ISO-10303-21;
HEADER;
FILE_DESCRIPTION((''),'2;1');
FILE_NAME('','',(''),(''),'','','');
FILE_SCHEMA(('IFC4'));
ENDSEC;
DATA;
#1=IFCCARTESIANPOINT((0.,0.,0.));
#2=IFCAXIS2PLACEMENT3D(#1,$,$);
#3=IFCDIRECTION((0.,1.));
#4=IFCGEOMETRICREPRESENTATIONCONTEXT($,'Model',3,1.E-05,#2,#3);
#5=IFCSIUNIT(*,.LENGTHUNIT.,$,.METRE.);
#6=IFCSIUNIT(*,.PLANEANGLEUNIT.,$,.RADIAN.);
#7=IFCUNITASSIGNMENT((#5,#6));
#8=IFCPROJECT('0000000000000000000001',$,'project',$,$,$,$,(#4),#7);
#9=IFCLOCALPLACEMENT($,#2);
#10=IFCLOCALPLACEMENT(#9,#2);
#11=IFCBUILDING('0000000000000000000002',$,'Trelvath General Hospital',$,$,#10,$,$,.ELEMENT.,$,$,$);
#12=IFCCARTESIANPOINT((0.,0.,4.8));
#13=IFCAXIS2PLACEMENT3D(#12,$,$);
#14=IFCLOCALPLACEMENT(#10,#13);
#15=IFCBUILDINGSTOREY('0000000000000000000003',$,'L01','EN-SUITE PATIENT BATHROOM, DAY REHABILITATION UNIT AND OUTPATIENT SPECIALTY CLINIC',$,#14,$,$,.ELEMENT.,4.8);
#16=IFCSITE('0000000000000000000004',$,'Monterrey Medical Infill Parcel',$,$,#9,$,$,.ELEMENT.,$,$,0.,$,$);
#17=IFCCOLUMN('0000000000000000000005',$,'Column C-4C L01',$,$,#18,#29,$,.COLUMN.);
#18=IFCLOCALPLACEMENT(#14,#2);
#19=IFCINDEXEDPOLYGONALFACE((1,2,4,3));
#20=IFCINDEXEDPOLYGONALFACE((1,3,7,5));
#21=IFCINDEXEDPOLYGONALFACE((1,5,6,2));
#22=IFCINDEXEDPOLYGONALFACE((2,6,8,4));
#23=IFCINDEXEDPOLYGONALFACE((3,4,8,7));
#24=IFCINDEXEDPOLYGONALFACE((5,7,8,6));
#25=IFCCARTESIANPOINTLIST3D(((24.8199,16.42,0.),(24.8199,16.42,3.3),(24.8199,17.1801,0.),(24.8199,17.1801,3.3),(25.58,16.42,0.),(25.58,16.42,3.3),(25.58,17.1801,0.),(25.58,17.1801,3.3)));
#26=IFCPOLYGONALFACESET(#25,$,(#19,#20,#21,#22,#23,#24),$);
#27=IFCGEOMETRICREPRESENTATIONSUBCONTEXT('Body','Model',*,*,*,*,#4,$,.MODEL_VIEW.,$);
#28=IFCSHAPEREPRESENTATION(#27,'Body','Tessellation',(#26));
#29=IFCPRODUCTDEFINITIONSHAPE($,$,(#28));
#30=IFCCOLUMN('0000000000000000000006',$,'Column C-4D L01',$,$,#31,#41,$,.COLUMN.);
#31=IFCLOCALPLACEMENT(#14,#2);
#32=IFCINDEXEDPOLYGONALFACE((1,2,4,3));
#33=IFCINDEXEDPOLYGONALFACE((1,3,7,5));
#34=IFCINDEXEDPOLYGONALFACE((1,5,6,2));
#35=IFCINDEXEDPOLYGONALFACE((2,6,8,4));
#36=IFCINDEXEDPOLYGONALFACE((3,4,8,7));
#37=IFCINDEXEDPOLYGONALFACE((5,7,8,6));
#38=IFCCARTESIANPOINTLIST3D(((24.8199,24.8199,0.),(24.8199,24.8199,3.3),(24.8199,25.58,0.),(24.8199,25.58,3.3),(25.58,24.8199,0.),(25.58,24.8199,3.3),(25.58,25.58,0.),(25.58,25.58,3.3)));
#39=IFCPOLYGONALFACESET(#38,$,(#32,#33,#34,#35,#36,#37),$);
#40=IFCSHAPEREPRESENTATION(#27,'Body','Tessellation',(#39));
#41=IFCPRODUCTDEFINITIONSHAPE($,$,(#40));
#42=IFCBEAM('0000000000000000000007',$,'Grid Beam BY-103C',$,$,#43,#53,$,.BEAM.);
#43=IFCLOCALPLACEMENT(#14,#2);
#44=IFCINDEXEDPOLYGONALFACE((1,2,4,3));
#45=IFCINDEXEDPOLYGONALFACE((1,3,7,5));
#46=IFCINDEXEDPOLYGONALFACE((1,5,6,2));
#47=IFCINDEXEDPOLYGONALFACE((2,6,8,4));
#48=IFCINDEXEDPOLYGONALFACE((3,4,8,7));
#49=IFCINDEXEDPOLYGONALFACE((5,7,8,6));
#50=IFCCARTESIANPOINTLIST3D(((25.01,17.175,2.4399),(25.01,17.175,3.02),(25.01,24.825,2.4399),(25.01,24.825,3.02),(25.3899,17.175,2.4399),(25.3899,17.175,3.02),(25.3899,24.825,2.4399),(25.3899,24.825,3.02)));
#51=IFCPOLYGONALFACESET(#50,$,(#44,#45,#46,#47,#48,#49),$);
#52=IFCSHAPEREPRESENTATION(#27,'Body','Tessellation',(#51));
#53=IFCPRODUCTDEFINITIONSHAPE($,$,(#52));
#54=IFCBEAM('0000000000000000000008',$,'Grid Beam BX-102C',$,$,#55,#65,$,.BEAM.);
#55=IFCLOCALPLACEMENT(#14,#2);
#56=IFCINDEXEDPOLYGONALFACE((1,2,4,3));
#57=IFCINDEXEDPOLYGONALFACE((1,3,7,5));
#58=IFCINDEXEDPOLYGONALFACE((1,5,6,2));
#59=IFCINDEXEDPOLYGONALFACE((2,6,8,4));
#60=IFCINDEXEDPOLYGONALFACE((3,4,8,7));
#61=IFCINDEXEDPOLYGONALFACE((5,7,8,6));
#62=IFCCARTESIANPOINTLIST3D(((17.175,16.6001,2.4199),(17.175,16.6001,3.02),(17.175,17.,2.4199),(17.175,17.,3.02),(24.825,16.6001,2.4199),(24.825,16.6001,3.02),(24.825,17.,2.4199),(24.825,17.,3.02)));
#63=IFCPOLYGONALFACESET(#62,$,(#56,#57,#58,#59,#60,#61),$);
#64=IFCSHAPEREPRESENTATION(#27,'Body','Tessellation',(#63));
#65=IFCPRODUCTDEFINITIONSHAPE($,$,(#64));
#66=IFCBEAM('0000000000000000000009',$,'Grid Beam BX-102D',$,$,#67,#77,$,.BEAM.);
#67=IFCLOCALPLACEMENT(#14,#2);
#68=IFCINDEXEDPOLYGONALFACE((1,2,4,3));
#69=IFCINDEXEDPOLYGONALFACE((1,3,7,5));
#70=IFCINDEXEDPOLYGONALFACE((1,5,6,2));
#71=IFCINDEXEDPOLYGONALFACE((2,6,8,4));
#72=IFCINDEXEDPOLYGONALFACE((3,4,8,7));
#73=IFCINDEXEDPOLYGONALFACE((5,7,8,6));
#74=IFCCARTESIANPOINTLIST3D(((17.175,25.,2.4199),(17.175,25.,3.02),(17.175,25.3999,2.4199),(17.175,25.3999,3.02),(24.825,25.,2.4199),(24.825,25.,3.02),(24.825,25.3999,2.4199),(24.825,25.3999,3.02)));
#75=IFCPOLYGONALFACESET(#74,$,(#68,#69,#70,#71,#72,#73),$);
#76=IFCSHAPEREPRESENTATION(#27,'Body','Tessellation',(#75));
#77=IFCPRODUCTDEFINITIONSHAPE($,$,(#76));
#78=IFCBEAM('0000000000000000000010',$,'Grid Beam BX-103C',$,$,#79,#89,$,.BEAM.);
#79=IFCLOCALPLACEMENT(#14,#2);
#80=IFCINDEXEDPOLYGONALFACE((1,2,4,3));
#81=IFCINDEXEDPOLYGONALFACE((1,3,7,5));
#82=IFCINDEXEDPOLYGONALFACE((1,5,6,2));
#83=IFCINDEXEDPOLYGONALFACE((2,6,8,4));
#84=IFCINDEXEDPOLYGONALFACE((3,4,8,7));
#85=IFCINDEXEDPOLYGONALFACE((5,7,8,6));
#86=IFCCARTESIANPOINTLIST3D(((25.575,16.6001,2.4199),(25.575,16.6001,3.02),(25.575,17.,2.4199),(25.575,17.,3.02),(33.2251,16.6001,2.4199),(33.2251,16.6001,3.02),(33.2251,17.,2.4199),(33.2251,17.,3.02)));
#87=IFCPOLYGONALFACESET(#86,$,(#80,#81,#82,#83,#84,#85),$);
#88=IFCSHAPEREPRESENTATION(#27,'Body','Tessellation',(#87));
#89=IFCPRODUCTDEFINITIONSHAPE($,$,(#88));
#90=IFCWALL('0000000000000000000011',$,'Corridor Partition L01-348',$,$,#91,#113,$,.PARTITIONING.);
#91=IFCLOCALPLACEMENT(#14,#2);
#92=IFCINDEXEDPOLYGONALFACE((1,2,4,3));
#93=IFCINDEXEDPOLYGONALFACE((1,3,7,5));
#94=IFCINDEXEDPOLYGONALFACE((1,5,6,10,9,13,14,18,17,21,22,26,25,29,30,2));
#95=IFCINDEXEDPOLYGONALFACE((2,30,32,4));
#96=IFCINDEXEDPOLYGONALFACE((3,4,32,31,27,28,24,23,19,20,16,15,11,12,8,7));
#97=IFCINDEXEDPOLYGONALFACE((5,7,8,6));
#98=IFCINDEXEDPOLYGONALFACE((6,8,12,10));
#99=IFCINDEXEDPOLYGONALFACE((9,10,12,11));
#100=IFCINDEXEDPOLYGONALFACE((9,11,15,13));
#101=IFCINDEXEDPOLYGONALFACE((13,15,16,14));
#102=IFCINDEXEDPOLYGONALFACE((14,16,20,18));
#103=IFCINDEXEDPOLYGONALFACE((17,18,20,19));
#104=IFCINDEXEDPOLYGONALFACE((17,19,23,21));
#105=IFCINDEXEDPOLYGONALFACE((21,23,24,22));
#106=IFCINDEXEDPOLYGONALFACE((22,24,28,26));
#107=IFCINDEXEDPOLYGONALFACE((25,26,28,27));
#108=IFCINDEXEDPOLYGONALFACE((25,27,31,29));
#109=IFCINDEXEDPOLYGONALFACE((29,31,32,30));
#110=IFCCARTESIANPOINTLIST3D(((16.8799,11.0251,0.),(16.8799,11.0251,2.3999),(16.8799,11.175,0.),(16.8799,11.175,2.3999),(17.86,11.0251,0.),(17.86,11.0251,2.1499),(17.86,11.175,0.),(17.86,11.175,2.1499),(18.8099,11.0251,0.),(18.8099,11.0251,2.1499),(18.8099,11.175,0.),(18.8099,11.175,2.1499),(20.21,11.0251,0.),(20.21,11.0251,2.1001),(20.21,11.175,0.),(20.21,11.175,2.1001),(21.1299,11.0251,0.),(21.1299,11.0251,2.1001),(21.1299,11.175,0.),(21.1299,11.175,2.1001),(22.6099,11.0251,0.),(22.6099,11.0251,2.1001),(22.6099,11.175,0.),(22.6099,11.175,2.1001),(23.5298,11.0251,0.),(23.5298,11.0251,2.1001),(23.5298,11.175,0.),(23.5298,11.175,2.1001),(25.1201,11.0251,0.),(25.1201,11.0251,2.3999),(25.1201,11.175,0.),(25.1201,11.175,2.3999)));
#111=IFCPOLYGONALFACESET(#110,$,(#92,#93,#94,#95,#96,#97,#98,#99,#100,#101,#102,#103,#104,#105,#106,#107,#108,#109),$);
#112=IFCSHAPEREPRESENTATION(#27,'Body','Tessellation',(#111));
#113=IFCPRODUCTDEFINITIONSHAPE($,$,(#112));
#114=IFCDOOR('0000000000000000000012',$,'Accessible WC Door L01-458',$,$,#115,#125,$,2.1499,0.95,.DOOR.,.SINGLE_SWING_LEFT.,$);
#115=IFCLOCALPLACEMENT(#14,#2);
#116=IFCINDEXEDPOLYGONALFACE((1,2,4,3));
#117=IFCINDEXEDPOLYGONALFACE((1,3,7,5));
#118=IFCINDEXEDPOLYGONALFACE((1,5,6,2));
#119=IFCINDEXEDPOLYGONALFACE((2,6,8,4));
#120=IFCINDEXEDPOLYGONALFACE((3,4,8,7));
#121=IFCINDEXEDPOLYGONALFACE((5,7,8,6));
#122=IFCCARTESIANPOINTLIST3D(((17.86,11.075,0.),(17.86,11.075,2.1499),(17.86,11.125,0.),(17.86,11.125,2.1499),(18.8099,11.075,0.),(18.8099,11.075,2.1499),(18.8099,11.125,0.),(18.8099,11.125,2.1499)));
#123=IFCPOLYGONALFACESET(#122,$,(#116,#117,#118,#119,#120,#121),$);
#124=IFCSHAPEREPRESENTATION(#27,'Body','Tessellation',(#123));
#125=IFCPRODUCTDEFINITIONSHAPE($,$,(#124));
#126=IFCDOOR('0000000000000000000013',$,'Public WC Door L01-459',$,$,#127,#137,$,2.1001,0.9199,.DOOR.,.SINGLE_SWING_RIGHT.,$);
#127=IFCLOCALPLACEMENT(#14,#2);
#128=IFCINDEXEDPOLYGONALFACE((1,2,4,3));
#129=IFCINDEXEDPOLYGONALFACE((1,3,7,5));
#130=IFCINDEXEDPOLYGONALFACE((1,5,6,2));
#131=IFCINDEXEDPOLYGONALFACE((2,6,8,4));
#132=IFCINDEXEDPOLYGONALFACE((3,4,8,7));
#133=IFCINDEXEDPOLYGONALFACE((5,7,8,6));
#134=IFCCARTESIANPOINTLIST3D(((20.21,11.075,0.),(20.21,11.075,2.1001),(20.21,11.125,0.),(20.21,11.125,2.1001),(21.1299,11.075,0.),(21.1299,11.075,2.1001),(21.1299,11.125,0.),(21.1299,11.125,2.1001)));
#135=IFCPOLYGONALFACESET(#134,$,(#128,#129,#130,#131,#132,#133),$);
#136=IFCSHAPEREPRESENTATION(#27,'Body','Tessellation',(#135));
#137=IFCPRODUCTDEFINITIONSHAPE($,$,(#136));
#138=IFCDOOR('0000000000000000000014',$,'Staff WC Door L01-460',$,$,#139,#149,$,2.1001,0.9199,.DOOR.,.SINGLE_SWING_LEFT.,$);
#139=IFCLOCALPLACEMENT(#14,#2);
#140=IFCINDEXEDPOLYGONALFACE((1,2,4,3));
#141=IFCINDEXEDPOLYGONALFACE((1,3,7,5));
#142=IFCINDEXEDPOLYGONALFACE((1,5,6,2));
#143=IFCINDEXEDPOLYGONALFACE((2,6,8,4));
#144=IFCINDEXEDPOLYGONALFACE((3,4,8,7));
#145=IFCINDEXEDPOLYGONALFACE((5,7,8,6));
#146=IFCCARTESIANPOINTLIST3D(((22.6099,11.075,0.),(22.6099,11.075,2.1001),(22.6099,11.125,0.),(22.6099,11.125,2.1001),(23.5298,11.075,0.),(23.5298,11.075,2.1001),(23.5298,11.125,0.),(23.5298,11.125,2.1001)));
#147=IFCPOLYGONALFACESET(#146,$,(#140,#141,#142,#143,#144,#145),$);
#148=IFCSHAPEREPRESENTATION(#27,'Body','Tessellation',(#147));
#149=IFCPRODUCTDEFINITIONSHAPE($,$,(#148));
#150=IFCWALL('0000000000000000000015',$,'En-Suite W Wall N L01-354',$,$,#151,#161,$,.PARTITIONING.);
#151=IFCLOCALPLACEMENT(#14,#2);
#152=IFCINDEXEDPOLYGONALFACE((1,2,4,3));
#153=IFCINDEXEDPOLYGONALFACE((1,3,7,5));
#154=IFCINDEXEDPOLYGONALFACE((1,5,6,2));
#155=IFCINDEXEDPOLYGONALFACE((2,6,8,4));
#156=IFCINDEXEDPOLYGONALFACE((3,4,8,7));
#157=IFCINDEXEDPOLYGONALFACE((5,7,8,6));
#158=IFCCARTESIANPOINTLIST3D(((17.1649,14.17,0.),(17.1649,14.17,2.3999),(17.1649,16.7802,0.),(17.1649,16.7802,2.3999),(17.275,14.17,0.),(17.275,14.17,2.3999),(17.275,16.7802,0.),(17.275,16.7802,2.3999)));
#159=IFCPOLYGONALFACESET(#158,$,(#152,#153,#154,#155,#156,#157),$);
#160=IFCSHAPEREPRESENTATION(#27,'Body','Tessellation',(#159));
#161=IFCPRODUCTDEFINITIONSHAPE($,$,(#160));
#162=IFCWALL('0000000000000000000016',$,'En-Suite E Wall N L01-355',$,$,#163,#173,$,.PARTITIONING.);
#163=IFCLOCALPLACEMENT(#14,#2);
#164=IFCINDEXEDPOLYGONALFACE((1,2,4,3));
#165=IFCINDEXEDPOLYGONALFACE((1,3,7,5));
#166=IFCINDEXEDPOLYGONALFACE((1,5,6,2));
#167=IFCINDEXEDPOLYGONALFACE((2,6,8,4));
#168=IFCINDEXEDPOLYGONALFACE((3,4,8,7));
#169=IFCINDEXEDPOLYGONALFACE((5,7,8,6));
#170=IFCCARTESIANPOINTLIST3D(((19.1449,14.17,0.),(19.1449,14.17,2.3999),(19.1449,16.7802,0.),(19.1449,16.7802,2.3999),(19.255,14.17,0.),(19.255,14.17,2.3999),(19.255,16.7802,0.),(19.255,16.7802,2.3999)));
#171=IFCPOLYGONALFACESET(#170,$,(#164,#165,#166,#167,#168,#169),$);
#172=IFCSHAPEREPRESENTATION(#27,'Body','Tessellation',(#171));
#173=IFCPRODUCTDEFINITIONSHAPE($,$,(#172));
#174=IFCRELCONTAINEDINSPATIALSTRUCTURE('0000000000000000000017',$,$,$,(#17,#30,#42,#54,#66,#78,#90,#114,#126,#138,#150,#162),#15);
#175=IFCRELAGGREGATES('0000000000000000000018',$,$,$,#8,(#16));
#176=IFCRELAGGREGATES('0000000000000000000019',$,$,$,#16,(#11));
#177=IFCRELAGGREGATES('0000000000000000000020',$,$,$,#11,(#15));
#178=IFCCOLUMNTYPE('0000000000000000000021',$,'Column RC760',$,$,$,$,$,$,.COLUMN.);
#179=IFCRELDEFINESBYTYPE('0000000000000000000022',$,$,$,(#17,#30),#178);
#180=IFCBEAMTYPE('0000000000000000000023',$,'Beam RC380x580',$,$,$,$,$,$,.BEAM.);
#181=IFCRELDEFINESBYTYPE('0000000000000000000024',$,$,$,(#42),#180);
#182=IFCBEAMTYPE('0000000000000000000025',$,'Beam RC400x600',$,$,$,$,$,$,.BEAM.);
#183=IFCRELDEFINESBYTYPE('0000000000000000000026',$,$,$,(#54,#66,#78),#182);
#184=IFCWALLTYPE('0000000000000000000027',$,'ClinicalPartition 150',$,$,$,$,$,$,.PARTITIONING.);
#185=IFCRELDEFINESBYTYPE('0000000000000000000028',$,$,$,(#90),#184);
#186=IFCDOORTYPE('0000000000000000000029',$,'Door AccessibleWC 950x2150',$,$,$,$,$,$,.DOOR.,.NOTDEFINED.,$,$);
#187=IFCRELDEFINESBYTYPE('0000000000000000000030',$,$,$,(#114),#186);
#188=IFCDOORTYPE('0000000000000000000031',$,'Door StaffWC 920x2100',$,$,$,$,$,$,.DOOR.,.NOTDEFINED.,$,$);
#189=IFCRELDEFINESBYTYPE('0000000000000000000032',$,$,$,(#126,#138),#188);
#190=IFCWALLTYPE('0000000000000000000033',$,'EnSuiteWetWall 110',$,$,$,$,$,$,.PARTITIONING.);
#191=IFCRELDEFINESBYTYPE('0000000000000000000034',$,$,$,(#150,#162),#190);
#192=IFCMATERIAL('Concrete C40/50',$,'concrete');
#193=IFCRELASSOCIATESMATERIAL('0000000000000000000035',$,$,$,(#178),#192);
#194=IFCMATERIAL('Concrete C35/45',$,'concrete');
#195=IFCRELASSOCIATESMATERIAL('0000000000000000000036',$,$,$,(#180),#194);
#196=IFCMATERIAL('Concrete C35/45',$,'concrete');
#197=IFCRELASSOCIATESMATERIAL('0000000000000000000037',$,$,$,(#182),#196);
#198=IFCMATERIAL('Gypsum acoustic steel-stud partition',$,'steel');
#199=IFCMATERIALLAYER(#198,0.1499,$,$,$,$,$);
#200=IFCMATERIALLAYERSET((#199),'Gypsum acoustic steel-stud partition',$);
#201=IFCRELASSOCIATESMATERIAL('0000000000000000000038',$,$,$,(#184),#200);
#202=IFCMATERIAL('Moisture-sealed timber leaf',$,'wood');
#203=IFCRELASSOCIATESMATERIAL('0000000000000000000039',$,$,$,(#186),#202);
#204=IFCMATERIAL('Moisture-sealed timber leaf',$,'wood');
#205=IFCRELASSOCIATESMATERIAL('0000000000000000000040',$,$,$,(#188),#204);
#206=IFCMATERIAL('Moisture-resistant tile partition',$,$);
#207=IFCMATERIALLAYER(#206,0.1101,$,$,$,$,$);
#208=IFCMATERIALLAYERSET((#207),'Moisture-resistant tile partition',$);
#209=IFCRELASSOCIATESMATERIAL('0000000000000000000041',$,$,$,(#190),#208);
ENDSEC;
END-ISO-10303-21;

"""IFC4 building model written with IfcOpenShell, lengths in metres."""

from ifc_helpers import new_model, si_unit, direction, frame, frame_2d, origin, origin_2d, place, context, subcontext, project, spatial, rectangle, extrude, material, layer, layer_set, material_profile, profile_set, type_object, element, fill, save


model = new_model("IFC4")

# Units and contexts
model_context = context("Model", 3, precision=1e-05, world=origin(), true_north=direction((0.0, 1.0)))
body_context = subcontext(model_context, "Body", "Model", "MODEL_VIEW")
ifc_project = project(units=[si_unit("LENGTHUNIT", "METRE"), si_unit("PLANEANGLEUNIT", "RADIAN")], contexts=[model_context])

# Site, building, storey
site_placement = place(None, origin())
site = spatial("IfcSite", under=ifc_project, at=site_placement, Name="Monterrey Medical Infill Parcel", CompositionType="ELEMENT", RefElevation=0.0)
building_placement = place(site_placement, origin())
building = spatial("IfcBuilding", under=site, at=building_placement, Name="Trelvath General Hospital", CompositionType="ELEMENT")
storey_placement = place(building_placement, frame((0.0, 0.0, 4.8)))
storey = spatial("IfcBuildingStorey", under=building, at=storey_placement, Name="L01", Description="EN-SUITE PATIENT BATHROOM, DAY REHABILITATION UNIT AND OUTPATIENT SPECIALTY CLINIC", CompositionType="ELEMENT", Elevation=4.8)

# Columns
ifc_material_1 = material(Name="Concrete C40/50", Category="concrete")
ifc_material_profile_1 = material_profile(ifc_material_1, rectangle(XDim=0.76, YDim=0.76, at=origin_2d()), Name="RC760x760")
ifc_profile_set_1 = profile_set([ifc_material_profile_1], Name="Concrete C40/50")
column_type = type_object("IfcColumnType", Name="Column RC760", PredefinedType="COLUMN", material=ifc_profile_set_1)
for number, where, z_axis, x_axis, name in (
    (1, (25.2, 16.8, 0.0), (0.0, 0.0, 1.0), (1.0, 0.0, 0.0), "Column C-4C L01"),
    (2, (25.2, 25.2, 0.0), (0.0, 0.0, 1.0), (1.0, 0.0, 0.0), "Column C-4D L01"),
):
    element("IfcColumn", number, at=place(storey_placement, frame(where, z_axis=z_axis, x_axis=x_axis)), inside=storey, type_object=column_type, Name=name, PredefinedType="COLUMN", context=body_context, shape_type="SweptSolid", body=[
        extrude(rectangle(XDim=0.76, YDim=0.76, at=origin_2d()), origin(), (0.0, 0.0, 1.0), 3.3),
    ])

# Beams
ifc_material_2 = material(Name="Concrete C35/45", Category="concrete")
ifc_material_profile_2 = material_profile(ifc_material_2, rectangle(XDim=0.3799, YDim=0.5801, at=origin_2d()), Name="RCB380x580")
ifc_profile_set_2 = profile_set([ifc_material_profile_2], Name="Concrete C35/45")
beam_type_1 = type_object("IfcBeamType", Name="Beam RC380x580", PredefinedType="BEAM", material=ifc_profile_set_2)
beam_1_placement = place(storey_placement, frame((25.2, 17.175, 2.73), z_axis=(0.0, 1.0, 0.0), x_axis=(-1.0, 0.0, 0.0)))
element("IfcBeam", 3, at=beam_1_placement, inside=storey, type_object=beam_type_1, Name="Grid Beam BY-103C", PredefinedType="BEAM", context=body_context, shape_type="SweptSolid", body=[
    extrude(rectangle(XDim=0.3799, YDim=0.5801, at=origin_2d()), origin(), (0.0, 0.0, 1.0), 7.6499),
])
ifc_material_3 = material(Name="Concrete C35/45", Category="concrete")
ifc_material_profile_3 = material_profile(ifc_material_3, rectangle(XDim=0.3999, YDim=0.6001, at=origin_2d()), Name="RCB400x600")
ifc_profile_set_3 = profile_set([ifc_material_profile_3], Name="Concrete C35/45")
beam_type_2 = type_object("IfcBeamType", Name="Beam RC400x600", PredefinedType="BEAM", material=ifc_profile_set_3)
for number, where, z_axis, x_axis, name in (
    (4, (17.175, 16.8, 2.72), (1.0, 0.0, 0.0), (0.0, 1.0, 0.0), "Grid Beam BX-102C"),
    (5, (17.175, 25.2, 2.72), (1.0, 0.0, 0.0), (0.0, 1.0, 0.0), "Grid Beam BX-102D"),
):
    element("IfcBeam", number, at=place(storey_placement, frame(where, z_axis=z_axis, x_axis=x_axis)), inside=storey, type_object=beam_type_2, Name=name, PredefinedType="BEAM", context=body_context, shape_type="SweptSolid", body=[
        extrude(rectangle(XDim=0.3999, YDim=0.6001, at=origin_2d()), origin(), (0.0, 0.0, 1.0), 7.6499),
    ])
beam_2_placement = place(storey_placement, frame((25.575, 16.8, 2.72), z_axis=(1.0, 0.0, 0.0), x_axis=(0.0, 1.0, 0.0)))
element("IfcBeam", 6, at=beam_2_placement, inside=storey, type_object=beam_type_2, Name="Grid Beam BX-103C", PredefinedType="BEAM", context=body_context, shape_type="SweptSolid", body=[
    extrude(rectangle(XDim=0.3999, YDim=0.6001, at=origin_2d()), origin(), (0.0, 0.0, 1.0), 7.6501),
])

# Wall, openings, doors
ifc_material_4 = material(Name="Gypsum acoustic steel-stud partition", Category="steel")
ifc_layer_1 = layer(ifc_material_4, 0.1499)
ifc_layer_set_1 = layer_set([ifc_layer_1], Name="Gypsum acoustic steel-stud partition")
wall_type_1 = type_object("IfcWallType", Name="ClinicalPartition 150", PredefinedType="PARTITIONING", material=ifc_layer_set_1)
wall_1_placement = place(storey_placement, frame((16.8799, 11.1001, 0.0), z_axis=(0.0, 0.0, 1.0), x_axis=(1.0, 0.0, 0.0)))
wall_1 = element("IfcWall", 7, at=wall_1_placement, inside=storey, type_object=wall_type_1, Name="Corridor Partition L01-348", PredefinedType="PARTITIONING", context=body_context, shape_type="SweptSolid", body=[
    extrude(rectangle(XDim=8.2402, YDim=0.1499, at=frame_2d((4.1201, 0.0))), origin(), (0.0, 0.0, 1.0), 2.3999),
])
opening_1_placement = place(wall_1_placement, frame((0.98, 0.0, 0.0)))
opening_1 = element("IfcOpeningElement", 8, at=opening_1_placement, cuts=wall_1, PredefinedType="OPENING", context=body_context, shape_type="SweptSolid", body=[
    extrude(rectangle(XDim=0.95, YDim=2.1499, at=frame_2d((0.4751, 1.075))), frame((0.0, 0.085, 0.0), z_axis=(0.0, -1.0, 0.0), x_axis=(1.0, 0.0, 0.0)), (0.0, 0.0, 1.0), 0.1699),
])
opening_2_placement = place(wall_1_placement, frame((3.3301, 0.0, 0.0)))
opening_2 = element("IfcOpeningElement", 9, at=opening_2_placement, cuts=wall_1, PredefinedType="OPENING", context=body_context, shape_type="SweptSolid", body=[
    extrude(rectangle(XDim=0.9199, YDim=2.1001, at=frame_2d((0.46, 1.05))), frame((0.0, 0.085, 0.0), z_axis=(0.0, -1.0, 0.0), x_axis=(1.0, 0.0, 0.0)), (0.0, 0.0, 1.0), 0.1699),
])
opening_3_placement = place(wall_1_placement, frame((5.73, 0.0, 0.0)))
opening_3 = element("IfcOpeningElement", 10, at=opening_3_placement, cuts=wall_1, PredefinedType="OPENING", context=body_context, shape_type="SweptSolid", body=[
    extrude(rectangle(XDim=0.9199, YDim=2.1001, at=frame_2d((0.46, 1.05))), frame((0.0, 0.085, 0.0), z_axis=(0.0, -1.0, 0.0), x_axis=(1.0, 0.0, 0.0)), (0.0, 0.0, 1.0), 0.1699),
])
ifc_material_5 = material(Name="Moisture-sealed timber leaf", Category="wood")
door_type_1 = type_object("IfcDoorType", Name="Door AccessibleWC 950x2150", OperationType="NOTDEFINED", PredefinedType="DOOR", material=ifc_material_5)
door_1_placement = place(opening_1_placement, origin())
door_1 = element("IfcDoor", 11, at=door_1_placement, inside=storey, type_object=door_type_1, Name="Accessible WC Door L01-458", OperationType="SINGLE_SWING_LEFT", OverallHeight=2.1499, OverallWidth=0.95, PredefinedType="DOOR", context=body_context, shape_type="SweptSolid", body=[
    extrude(rectangle(XDim=0.95, YDim=2.1499, at=frame_2d((0.4751, 1.075))), frame((0.0, 0.0249, 0.0), z_axis=(0.0, -1.0, 0.0), x_axis=(1.0, 0.0, 0.0)), (0.0, 0.0, 1.0), 0.05),
])
fill(opening_1, door_1)
ifc_material_6 = material(Name="Moisture-sealed timber leaf", Category="wood")
door_type_2 = type_object("IfcDoorType", Name="Door StaffWC 920x2100", OperationType="NOTDEFINED", PredefinedType="DOOR", material=ifc_material_6)
door_2_placement = place(opening_2_placement, origin())
door_2 = element("IfcDoor", 12, at=door_2_placement, inside=storey, type_object=door_type_2, Name="Public WC Door L01-459", OperationType="SINGLE_SWING_RIGHT", OverallHeight=2.1001, OverallWidth=0.9199, PredefinedType="DOOR", context=body_context, shape_type="SweptSolid", body=[
    extrude(rectangle(XDim=0.9199, YDim=2.1001, at=frame_2d((0.46, 1.05))), frame((0.0, 0.0249, 0.0), z_axis=(0.0, -1.0, 0.0), x_axis=(1.0, 0.0, 0.0)), (0.0, 0.0, 1.0), 0.05),
])
fill(opening_2, door_2)
door_3_placement = place(opening_3_placement, origin())
door_3 = element("IfcDoor", 13, at=door_3_placement, inside=storey, type_object=door_type_2, Name="Staff WC Door L01-460", OperationType="SINGLE_SWING_LEFT", OverallHeight=2.1001, OverallWidth=0.9199, PredefinedType="DOOR", context=body_context, shape_type="SweptSolid", body=[
    extrude(rectangle(XDim=0.9199, YDim=2.1001, at=frame_2d((0.46, 1.05))), frame((0.0, 0.0249, 0.0), z_axis=(0.0, -1.0, 0.0), x_axis=(1.0, 0.0, 0.0)), (0.0, 0.0, 1.0), 0.05),
])
fill(opening_3, door_3)

# Walls
ifc_material_7 = material(Name="Moisture-resistant tile partition")
ifc_layer_2 = layer(ifc_material_7, 0.1101)
ifc_layer_set_2 = layer_set([ifc_layer_2], Name="Moisture-resistant tile partition")
wall_type_2 = type_object("IfcWallType", Name="EnSuiteWetWall 110", PredefinedType="PARTITIONING", material=ifc_layer_set_2)
for number, where, z_axis, x_axis, name in (
    (14, (17.22, 14.1699, 0.0), (0.0, 0.0, 1.0), (0.0, 1.0, 0.0), "En-Suite W Wall N L01-354"),
    (15, (19.2, 14.1699, 0.0), (0.0, 0.0, 1.0), (0.0, 1.0, 0.0), "En-Suite E Wall N L01-355"),
):
    element("IfcWall", number, at=place(storey_placement, frame(where, z_axis=z_axis, x_axis=x_axis)), inside=storey, type_object=wall_type_2, Name=name, PredefinedType="PARTITIONING", context=body_context, shape_type="SweptSolid", body=[
        extrude(rectangle(XDim=2.6101, YDim=0.1101, at=frame_2d((1.3052, 0.0))), origin(), (0.0, 0.0, 1.0), 2.3999),
    ])

save(model, "model.ifc")
